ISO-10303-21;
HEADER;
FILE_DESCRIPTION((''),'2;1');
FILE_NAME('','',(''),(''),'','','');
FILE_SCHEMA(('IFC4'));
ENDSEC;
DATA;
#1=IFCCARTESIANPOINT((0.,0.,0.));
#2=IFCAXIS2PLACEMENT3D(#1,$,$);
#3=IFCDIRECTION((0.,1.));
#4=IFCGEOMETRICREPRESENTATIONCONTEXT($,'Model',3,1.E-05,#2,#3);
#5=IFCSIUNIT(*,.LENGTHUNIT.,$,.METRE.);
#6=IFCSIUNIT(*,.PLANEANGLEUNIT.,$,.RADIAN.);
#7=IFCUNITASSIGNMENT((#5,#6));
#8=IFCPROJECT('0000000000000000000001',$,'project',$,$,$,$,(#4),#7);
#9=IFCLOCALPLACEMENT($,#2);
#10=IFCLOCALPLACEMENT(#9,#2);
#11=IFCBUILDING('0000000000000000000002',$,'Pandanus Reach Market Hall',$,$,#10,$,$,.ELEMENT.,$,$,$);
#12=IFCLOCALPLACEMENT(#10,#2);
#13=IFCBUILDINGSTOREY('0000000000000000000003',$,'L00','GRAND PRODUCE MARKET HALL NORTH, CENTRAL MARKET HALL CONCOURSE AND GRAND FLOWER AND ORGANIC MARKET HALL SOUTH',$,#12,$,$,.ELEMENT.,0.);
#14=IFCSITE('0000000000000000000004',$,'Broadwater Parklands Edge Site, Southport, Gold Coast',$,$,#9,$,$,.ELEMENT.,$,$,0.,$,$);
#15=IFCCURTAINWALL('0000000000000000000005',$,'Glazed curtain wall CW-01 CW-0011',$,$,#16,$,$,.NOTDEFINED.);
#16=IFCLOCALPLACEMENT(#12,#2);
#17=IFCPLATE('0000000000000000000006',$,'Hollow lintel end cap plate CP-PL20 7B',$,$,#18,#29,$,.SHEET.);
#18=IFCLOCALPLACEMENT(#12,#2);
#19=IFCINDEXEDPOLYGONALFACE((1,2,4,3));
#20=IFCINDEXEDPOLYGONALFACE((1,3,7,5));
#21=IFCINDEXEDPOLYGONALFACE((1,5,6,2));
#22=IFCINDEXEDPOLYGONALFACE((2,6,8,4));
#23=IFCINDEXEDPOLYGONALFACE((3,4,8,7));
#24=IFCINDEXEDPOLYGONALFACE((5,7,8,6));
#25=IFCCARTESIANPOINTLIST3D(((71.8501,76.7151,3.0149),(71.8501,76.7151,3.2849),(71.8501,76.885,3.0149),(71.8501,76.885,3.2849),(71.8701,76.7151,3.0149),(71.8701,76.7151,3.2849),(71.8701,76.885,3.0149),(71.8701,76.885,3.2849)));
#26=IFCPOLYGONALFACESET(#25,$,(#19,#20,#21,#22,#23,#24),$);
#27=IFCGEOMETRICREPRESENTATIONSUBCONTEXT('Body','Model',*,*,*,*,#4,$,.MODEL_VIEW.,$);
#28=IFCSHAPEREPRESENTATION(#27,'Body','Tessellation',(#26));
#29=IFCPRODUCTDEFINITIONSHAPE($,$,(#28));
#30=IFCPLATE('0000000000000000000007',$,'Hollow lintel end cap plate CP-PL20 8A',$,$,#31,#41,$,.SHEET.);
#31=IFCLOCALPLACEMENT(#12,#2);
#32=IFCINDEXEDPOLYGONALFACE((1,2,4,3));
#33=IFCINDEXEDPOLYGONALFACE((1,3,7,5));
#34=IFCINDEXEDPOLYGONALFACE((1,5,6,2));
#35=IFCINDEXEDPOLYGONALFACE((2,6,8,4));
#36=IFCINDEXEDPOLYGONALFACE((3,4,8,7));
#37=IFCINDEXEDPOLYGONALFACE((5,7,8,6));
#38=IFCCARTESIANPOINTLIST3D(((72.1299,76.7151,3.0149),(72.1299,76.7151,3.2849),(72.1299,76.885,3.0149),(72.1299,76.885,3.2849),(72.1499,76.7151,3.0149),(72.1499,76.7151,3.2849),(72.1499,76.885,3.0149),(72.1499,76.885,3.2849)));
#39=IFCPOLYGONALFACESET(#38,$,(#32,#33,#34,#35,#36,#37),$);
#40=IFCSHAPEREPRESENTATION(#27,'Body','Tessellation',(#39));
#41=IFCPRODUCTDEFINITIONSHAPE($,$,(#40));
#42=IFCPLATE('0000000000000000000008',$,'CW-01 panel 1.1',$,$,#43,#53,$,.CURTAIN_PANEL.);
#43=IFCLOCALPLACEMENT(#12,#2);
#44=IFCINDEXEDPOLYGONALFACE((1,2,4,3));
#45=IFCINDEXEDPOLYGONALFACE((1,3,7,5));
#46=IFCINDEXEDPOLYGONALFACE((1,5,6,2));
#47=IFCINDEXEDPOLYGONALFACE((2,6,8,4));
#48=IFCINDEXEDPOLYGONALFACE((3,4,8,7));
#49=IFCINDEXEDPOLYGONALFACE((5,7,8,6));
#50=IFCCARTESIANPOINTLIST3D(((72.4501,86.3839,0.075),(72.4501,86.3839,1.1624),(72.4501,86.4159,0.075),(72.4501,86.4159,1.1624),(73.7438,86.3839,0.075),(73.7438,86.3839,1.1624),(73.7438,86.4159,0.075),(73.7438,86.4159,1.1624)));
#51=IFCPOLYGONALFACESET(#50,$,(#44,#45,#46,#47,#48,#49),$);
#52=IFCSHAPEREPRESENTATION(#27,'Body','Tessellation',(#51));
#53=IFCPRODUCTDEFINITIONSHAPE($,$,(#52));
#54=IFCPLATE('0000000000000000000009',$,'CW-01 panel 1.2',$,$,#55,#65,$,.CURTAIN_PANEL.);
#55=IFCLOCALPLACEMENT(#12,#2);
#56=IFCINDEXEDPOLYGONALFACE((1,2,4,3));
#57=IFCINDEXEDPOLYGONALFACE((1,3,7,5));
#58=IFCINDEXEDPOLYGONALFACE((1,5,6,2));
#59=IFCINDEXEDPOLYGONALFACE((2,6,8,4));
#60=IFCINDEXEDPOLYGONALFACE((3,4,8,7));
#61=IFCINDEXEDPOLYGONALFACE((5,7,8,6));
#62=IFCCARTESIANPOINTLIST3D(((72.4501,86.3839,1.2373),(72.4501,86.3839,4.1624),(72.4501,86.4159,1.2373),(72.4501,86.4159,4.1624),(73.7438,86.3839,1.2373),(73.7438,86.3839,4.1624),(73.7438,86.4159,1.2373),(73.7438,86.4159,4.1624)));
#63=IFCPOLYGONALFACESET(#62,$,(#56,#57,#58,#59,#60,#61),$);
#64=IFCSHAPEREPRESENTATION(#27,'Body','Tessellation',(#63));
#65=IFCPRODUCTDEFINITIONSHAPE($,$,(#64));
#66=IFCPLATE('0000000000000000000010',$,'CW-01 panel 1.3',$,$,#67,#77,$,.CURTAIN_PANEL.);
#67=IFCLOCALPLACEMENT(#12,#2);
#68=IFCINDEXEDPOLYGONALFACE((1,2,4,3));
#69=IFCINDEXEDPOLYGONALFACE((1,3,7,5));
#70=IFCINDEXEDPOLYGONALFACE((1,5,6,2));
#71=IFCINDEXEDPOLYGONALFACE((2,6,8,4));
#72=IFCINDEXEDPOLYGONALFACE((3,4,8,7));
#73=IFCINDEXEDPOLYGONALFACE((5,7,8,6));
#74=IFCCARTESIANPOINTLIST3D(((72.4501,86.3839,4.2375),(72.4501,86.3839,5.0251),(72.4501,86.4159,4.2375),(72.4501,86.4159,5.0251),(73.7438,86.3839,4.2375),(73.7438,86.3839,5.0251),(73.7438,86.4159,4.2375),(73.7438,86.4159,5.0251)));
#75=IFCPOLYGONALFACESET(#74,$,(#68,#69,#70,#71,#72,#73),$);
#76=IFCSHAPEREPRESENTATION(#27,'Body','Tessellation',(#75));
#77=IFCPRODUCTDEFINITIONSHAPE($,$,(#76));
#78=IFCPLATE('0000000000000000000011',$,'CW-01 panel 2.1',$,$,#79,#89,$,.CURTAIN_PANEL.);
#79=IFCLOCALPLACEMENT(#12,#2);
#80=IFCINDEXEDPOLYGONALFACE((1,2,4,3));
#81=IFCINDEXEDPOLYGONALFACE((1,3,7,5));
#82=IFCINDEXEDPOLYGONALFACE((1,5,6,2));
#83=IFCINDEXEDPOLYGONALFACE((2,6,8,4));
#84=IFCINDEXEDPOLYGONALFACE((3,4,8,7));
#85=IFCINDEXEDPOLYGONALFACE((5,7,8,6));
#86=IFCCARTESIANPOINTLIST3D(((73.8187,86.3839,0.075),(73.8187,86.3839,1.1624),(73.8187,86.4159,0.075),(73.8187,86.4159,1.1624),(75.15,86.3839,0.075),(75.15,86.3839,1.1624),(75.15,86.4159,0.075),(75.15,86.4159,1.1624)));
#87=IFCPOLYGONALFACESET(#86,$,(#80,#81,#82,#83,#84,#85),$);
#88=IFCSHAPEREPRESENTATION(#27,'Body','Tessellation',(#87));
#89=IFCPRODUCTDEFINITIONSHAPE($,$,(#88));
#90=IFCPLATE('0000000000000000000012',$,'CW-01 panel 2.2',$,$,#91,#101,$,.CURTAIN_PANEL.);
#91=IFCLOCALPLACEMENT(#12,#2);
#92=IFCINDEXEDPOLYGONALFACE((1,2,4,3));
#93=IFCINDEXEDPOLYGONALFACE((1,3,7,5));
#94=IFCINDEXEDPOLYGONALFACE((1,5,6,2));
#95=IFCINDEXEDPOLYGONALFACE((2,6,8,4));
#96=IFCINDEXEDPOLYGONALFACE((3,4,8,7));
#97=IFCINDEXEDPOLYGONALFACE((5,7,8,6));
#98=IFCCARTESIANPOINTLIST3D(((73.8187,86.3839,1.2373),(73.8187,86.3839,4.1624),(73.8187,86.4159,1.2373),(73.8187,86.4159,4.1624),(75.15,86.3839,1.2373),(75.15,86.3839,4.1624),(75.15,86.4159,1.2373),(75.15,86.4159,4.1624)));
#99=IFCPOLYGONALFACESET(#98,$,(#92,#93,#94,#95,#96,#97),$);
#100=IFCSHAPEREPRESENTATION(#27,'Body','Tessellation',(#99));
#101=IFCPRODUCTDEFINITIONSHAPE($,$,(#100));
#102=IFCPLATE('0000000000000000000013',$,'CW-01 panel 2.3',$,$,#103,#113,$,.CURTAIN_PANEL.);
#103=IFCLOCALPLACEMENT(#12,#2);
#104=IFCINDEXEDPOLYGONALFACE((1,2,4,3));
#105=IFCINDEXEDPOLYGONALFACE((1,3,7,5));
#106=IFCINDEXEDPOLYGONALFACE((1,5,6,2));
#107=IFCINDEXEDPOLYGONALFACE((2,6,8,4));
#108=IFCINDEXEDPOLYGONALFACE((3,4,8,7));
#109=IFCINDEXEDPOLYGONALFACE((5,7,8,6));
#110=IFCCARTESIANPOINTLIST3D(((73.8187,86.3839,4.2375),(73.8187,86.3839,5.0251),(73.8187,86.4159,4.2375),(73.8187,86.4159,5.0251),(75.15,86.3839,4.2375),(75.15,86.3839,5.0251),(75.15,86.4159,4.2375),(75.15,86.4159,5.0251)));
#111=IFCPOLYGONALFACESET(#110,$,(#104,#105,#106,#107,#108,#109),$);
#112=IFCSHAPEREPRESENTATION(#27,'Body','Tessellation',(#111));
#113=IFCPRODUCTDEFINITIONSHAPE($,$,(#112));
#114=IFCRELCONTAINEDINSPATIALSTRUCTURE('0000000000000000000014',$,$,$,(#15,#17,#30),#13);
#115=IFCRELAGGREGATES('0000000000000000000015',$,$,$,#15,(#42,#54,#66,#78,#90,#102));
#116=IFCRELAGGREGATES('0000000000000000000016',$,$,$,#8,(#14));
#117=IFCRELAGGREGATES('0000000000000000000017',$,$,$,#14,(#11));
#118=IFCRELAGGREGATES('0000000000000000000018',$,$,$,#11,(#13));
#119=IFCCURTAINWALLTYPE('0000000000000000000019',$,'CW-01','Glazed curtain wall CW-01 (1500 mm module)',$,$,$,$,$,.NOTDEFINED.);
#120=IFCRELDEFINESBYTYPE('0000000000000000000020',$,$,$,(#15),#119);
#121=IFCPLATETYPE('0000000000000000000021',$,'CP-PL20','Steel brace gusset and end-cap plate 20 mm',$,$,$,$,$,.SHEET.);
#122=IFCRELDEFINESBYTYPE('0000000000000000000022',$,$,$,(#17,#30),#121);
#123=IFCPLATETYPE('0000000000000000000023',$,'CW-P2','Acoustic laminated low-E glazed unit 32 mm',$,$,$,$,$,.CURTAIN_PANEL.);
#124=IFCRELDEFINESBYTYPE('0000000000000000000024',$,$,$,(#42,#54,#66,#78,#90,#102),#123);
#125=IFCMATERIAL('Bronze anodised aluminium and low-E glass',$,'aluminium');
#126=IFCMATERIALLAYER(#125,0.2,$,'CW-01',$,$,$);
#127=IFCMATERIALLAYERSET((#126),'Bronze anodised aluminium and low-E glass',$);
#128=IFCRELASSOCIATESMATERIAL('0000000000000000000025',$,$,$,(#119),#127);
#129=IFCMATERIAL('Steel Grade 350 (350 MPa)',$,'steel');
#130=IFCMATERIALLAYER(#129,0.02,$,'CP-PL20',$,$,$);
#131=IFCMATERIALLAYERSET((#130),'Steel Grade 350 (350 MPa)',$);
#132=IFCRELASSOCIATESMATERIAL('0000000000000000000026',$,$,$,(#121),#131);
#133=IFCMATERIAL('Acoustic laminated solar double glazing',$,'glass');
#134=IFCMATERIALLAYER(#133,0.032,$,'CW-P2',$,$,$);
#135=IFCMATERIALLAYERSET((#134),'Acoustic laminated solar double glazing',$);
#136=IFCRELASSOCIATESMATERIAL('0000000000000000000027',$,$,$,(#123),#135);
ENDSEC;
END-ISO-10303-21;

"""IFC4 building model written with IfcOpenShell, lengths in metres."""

from ifc_helpers import new_model, si_unit, direction, frame, origin, origin_2d, place, context, subcontext, project, spatial, rectangle, extrude, material, layer, layer_set, type_object, element, aggregate, save


model = new_model("IFC4")

# Units and contexts
model_context = context("Model", 3, precision=1e-05, world=origin(), true_north=direction((0.0, 1.0)))
body_context = subcontext(model_context, "Body", "Model", "MODEL_VIEW")
ifc_project = project(units=[si_unit("LENGTHUNIT", "METRE"), si_unit("PLANEANGLEUNIT", "RADIAN")], contexts=[model_context])

# Site, building, storey
site_placement = place(None, origin())
site = spatial("IfcSite", under=ifc_project, at=site_placement, Name="Broadwater Parklands Edge Site, Southport, Gold Coast", CompositionType="ELEMENT", RefElevation=0.0)
building_placement = place(site_placement, origin())
building = spatial("IfcBuilding", under=site, at=building_placement, Name="Pandanus Reach Market Hall", CompositionType="ELEMENT")
storey_placement = place(building_placement, origin())
storey = spatial("IfcBuildingStorey", under=building, at=storey_placement, Name="L00", Description="GRAND PRODUCE MARKET HALL NORTH, CENTRAL MARKET HALL CONCOURSE AND GRAND FLOWER AND ORGANIC MARKET HALL SOUTH", CompositionType="ELEMENT", Elevation=0.0)

# Shared definitions
ifc_material_1 = material(Name="Steel Grade 350 (350 MPa)", Category="steel")

# Curtain wall
ifc_material_2 = material(Name="Bronze anodised aluminium and low-E glass", Category="aluminium")
ifc_layer_1 = layer(ifc_material_2, 0.2, Name="CW-01")
ifc_layer_set_1 = layer_set([ifc_layer_1], Name="Bronze anodised aluminium and low-E glass")
curtain_wall_type = type_object("IfcCurtainWallType", Name="CW-01", Description="Glazed curtain wall CW-01 (1500 mm module)", PredefinedType="NOTDEFINED", material=ifc_layer_set_1)
curtain_wall_placement = place(storey_placement, origin())
curtain_wall = element("IfcCurtainWall", 1, at=curtain_wall_placement, inside=storey, type_object=curtain_wall_type, Name="Glazed curtain wall CW-01 CW-0011", PredefinedType="NOTDEFINED")

# Plates
ifc_layer_2 = layer(ifc_material_1, 0.02, Name="CP-PL20")
ifc_layer_set_2 = layer_set([ifc_layer_2], Name="Steel Grade 350 (350 MPa)")
plate_type_1 = type_object("IfcPlateType", Name="CP-PL20", Description="Steel brace gusset and end-cap plate 20 mm", PredefinedType="SHEET", material=ifc_layer_set_2)
for number, where, z_axis, x_axis, name in (
    (2, (71.8601, 76.8, 3.0149), (0.0, 0.0, 1.0), (1.0, 0.0, 0.0), "Hollow lintel end cap plate CP-PL20 7B"),
    (3, (72.1399, 76.8, 3.0149), (0.0, 0.0, 1.0), (1.0, 0.0, 0.0), "Hollow lintel end cap plate CP-PL20 8A"),
):
    element("IfcPlate", number, at=place(storey_placement, frame(where, z_axis=z_axis, x_axis=x_axis)), inside=storey, type_object=plate_type_1, Name=name, PredefinedType="SHEET", context=body_context, shape_type="SweptSolid", body=[
        extrude(rectangle(XDim=0.02, YDim=0.1699, at=origin_2d()), origin(), (0.0, 0.0, 1.0), 0.27),
    ])

# Plates
ifc_material_3 = material(Name="Acoustic laminated solar double glazing", Category="glass")
ifc_layer_3 = layer(ifc_material_3, 0.032, Name="CW-P2")
ifc_layer_set_3 = layer_set([ifc_layer_3], Name="Acoustic laminated solar double glazing")
plate_type_2 = type_object("IfcPlateType", Name="CW-P2", Description="Acoustic laminated low-E glazed unit 32 mm", PredefinedType="CURTAIN_PANEL", material=ifc_layer_set_3)
plate_1_placement = place(storey_placement, frame((73.0969, 86.3999, 0.075), z_axis=(0.0, 0.0, 1.0), x_axis=(1.0, 0.0, 0.0)))
plate_1 = element("IfcPlate", 4, at=plate_1_placement, type_object=plate_type_2, Name="CW-01 panel 1.1", PredefinedType="CURTAIN_PANEL", context=body_context, shape_type="SweptSolid", body=[
    extrude(rectangle(XDim=1.2937, YDim=0.032, at=origin_2d()), origin(), (0.0, 0.0, 1.0), 1.0874),
])
plate_2_placement = place(storey_placement, frame((73.0969, 86.3999, 1.2373), z_axis=(0.0, 0.0, 1.0), x_axis=(1.0, 0.0, 0.0)))
plate_2 = element("IfcPlate", 5, at=plate_2_placement, type_object=plate_type_2, Name="CW-01 panel 1.2", PredefinedType="CURTAIN_PANEL", context=body_context, shape_type="SweptSolid", body=[
    extrude(rectangle(XDim=1.2937, YDim=0.032, at=origin_2d()), origin(), (0.0, 0.0, 1.0), 2.925),
])
plate_3_placement = place(storey_placement, frame((73.0969, 86.3999, 4.2375), z_axis=(0.0, 0.0, 1.0), x_axis=(1.0, 0.0, 0.0)))
plate_3 = element("IfcPlate", 6, at=plate_3_placement, type_object=plate_type_2, Name="CW-01 panel 1.3", PredefinedType="CURTAIN_PANEL", context=body_context, shape_type="SweptSolid", body=[
    extrude(rectangle(XDim=1.2937, YDim=0.032, at=origin_2d()), origin(), (0.0, 0.0, 1.0), 0.7876),
])
plate_4_placement = place(storey_placement, frame((74.4844, 86.3999, 0.075), z_axis=(0.0, 0.0, 1.0), x_axis=(1.0, 0.0, 0.0)))
plate_4 = element("IfcPlate", 7, at=plate_4_placement, type_object=plate_type_2, Name="CW-01 panel 2.1", PredefinedType="CURTAIN_PANEL", context=body_context, shape_type="SweptSolid", body=[
    extrude(rectangle(XDim=1.3313, YDim=0.032, at=origin_2d()), origin(), (0.0, 0.0, 1.0), 1.0874),
])
plate_5_placement = place(storey_placement, frame((74.4844, 86.3999, 1.2373), z_axis=(0.0, 0.0, 1.0), x_axis=(1.0, 0.0, 0.0)))
plate_5 = element("IfcPlate", 8, at=plate_5_placement, type_object=plate_type_2, Name="CW-01 panel 2.2", PredefinedType="CURTAIN_PANEL", context=body_context, shape_type="SweptSolid", body=[
    extrude(rectangle(XDim=1.3313, YDim=0.032, at=origin_2d()), origin(), (0.0, 0.0, 1.0), 2.925),
])
plate_6_placement = place(storey_placement, frame((74.4844, 86.3999, 4.2375), z_axis=(0.0, 0.0, 1.0), x_axis=(1.0, 0.0, 0.0)))
plate_6 = element("IfcPlate", 9, at=plate_6_placement, type_object=plate_type_2, Name="CW-01 panel 2.3", PredefinedType="CURTAIN_PANEL", context=body_context, shape_type="SweptSolid", body=[
    extrude(rectangle(XDim=1.3313, YDim=0.032, at=origin_2d()), origin(), (0.0, 0.0, 1.0), 0.7876),
])
aggregate(curtain_wall, [plate_1, plate_2, plate_3, plate_4, plate_5, plate_6])

save(model, "model.ifc")
